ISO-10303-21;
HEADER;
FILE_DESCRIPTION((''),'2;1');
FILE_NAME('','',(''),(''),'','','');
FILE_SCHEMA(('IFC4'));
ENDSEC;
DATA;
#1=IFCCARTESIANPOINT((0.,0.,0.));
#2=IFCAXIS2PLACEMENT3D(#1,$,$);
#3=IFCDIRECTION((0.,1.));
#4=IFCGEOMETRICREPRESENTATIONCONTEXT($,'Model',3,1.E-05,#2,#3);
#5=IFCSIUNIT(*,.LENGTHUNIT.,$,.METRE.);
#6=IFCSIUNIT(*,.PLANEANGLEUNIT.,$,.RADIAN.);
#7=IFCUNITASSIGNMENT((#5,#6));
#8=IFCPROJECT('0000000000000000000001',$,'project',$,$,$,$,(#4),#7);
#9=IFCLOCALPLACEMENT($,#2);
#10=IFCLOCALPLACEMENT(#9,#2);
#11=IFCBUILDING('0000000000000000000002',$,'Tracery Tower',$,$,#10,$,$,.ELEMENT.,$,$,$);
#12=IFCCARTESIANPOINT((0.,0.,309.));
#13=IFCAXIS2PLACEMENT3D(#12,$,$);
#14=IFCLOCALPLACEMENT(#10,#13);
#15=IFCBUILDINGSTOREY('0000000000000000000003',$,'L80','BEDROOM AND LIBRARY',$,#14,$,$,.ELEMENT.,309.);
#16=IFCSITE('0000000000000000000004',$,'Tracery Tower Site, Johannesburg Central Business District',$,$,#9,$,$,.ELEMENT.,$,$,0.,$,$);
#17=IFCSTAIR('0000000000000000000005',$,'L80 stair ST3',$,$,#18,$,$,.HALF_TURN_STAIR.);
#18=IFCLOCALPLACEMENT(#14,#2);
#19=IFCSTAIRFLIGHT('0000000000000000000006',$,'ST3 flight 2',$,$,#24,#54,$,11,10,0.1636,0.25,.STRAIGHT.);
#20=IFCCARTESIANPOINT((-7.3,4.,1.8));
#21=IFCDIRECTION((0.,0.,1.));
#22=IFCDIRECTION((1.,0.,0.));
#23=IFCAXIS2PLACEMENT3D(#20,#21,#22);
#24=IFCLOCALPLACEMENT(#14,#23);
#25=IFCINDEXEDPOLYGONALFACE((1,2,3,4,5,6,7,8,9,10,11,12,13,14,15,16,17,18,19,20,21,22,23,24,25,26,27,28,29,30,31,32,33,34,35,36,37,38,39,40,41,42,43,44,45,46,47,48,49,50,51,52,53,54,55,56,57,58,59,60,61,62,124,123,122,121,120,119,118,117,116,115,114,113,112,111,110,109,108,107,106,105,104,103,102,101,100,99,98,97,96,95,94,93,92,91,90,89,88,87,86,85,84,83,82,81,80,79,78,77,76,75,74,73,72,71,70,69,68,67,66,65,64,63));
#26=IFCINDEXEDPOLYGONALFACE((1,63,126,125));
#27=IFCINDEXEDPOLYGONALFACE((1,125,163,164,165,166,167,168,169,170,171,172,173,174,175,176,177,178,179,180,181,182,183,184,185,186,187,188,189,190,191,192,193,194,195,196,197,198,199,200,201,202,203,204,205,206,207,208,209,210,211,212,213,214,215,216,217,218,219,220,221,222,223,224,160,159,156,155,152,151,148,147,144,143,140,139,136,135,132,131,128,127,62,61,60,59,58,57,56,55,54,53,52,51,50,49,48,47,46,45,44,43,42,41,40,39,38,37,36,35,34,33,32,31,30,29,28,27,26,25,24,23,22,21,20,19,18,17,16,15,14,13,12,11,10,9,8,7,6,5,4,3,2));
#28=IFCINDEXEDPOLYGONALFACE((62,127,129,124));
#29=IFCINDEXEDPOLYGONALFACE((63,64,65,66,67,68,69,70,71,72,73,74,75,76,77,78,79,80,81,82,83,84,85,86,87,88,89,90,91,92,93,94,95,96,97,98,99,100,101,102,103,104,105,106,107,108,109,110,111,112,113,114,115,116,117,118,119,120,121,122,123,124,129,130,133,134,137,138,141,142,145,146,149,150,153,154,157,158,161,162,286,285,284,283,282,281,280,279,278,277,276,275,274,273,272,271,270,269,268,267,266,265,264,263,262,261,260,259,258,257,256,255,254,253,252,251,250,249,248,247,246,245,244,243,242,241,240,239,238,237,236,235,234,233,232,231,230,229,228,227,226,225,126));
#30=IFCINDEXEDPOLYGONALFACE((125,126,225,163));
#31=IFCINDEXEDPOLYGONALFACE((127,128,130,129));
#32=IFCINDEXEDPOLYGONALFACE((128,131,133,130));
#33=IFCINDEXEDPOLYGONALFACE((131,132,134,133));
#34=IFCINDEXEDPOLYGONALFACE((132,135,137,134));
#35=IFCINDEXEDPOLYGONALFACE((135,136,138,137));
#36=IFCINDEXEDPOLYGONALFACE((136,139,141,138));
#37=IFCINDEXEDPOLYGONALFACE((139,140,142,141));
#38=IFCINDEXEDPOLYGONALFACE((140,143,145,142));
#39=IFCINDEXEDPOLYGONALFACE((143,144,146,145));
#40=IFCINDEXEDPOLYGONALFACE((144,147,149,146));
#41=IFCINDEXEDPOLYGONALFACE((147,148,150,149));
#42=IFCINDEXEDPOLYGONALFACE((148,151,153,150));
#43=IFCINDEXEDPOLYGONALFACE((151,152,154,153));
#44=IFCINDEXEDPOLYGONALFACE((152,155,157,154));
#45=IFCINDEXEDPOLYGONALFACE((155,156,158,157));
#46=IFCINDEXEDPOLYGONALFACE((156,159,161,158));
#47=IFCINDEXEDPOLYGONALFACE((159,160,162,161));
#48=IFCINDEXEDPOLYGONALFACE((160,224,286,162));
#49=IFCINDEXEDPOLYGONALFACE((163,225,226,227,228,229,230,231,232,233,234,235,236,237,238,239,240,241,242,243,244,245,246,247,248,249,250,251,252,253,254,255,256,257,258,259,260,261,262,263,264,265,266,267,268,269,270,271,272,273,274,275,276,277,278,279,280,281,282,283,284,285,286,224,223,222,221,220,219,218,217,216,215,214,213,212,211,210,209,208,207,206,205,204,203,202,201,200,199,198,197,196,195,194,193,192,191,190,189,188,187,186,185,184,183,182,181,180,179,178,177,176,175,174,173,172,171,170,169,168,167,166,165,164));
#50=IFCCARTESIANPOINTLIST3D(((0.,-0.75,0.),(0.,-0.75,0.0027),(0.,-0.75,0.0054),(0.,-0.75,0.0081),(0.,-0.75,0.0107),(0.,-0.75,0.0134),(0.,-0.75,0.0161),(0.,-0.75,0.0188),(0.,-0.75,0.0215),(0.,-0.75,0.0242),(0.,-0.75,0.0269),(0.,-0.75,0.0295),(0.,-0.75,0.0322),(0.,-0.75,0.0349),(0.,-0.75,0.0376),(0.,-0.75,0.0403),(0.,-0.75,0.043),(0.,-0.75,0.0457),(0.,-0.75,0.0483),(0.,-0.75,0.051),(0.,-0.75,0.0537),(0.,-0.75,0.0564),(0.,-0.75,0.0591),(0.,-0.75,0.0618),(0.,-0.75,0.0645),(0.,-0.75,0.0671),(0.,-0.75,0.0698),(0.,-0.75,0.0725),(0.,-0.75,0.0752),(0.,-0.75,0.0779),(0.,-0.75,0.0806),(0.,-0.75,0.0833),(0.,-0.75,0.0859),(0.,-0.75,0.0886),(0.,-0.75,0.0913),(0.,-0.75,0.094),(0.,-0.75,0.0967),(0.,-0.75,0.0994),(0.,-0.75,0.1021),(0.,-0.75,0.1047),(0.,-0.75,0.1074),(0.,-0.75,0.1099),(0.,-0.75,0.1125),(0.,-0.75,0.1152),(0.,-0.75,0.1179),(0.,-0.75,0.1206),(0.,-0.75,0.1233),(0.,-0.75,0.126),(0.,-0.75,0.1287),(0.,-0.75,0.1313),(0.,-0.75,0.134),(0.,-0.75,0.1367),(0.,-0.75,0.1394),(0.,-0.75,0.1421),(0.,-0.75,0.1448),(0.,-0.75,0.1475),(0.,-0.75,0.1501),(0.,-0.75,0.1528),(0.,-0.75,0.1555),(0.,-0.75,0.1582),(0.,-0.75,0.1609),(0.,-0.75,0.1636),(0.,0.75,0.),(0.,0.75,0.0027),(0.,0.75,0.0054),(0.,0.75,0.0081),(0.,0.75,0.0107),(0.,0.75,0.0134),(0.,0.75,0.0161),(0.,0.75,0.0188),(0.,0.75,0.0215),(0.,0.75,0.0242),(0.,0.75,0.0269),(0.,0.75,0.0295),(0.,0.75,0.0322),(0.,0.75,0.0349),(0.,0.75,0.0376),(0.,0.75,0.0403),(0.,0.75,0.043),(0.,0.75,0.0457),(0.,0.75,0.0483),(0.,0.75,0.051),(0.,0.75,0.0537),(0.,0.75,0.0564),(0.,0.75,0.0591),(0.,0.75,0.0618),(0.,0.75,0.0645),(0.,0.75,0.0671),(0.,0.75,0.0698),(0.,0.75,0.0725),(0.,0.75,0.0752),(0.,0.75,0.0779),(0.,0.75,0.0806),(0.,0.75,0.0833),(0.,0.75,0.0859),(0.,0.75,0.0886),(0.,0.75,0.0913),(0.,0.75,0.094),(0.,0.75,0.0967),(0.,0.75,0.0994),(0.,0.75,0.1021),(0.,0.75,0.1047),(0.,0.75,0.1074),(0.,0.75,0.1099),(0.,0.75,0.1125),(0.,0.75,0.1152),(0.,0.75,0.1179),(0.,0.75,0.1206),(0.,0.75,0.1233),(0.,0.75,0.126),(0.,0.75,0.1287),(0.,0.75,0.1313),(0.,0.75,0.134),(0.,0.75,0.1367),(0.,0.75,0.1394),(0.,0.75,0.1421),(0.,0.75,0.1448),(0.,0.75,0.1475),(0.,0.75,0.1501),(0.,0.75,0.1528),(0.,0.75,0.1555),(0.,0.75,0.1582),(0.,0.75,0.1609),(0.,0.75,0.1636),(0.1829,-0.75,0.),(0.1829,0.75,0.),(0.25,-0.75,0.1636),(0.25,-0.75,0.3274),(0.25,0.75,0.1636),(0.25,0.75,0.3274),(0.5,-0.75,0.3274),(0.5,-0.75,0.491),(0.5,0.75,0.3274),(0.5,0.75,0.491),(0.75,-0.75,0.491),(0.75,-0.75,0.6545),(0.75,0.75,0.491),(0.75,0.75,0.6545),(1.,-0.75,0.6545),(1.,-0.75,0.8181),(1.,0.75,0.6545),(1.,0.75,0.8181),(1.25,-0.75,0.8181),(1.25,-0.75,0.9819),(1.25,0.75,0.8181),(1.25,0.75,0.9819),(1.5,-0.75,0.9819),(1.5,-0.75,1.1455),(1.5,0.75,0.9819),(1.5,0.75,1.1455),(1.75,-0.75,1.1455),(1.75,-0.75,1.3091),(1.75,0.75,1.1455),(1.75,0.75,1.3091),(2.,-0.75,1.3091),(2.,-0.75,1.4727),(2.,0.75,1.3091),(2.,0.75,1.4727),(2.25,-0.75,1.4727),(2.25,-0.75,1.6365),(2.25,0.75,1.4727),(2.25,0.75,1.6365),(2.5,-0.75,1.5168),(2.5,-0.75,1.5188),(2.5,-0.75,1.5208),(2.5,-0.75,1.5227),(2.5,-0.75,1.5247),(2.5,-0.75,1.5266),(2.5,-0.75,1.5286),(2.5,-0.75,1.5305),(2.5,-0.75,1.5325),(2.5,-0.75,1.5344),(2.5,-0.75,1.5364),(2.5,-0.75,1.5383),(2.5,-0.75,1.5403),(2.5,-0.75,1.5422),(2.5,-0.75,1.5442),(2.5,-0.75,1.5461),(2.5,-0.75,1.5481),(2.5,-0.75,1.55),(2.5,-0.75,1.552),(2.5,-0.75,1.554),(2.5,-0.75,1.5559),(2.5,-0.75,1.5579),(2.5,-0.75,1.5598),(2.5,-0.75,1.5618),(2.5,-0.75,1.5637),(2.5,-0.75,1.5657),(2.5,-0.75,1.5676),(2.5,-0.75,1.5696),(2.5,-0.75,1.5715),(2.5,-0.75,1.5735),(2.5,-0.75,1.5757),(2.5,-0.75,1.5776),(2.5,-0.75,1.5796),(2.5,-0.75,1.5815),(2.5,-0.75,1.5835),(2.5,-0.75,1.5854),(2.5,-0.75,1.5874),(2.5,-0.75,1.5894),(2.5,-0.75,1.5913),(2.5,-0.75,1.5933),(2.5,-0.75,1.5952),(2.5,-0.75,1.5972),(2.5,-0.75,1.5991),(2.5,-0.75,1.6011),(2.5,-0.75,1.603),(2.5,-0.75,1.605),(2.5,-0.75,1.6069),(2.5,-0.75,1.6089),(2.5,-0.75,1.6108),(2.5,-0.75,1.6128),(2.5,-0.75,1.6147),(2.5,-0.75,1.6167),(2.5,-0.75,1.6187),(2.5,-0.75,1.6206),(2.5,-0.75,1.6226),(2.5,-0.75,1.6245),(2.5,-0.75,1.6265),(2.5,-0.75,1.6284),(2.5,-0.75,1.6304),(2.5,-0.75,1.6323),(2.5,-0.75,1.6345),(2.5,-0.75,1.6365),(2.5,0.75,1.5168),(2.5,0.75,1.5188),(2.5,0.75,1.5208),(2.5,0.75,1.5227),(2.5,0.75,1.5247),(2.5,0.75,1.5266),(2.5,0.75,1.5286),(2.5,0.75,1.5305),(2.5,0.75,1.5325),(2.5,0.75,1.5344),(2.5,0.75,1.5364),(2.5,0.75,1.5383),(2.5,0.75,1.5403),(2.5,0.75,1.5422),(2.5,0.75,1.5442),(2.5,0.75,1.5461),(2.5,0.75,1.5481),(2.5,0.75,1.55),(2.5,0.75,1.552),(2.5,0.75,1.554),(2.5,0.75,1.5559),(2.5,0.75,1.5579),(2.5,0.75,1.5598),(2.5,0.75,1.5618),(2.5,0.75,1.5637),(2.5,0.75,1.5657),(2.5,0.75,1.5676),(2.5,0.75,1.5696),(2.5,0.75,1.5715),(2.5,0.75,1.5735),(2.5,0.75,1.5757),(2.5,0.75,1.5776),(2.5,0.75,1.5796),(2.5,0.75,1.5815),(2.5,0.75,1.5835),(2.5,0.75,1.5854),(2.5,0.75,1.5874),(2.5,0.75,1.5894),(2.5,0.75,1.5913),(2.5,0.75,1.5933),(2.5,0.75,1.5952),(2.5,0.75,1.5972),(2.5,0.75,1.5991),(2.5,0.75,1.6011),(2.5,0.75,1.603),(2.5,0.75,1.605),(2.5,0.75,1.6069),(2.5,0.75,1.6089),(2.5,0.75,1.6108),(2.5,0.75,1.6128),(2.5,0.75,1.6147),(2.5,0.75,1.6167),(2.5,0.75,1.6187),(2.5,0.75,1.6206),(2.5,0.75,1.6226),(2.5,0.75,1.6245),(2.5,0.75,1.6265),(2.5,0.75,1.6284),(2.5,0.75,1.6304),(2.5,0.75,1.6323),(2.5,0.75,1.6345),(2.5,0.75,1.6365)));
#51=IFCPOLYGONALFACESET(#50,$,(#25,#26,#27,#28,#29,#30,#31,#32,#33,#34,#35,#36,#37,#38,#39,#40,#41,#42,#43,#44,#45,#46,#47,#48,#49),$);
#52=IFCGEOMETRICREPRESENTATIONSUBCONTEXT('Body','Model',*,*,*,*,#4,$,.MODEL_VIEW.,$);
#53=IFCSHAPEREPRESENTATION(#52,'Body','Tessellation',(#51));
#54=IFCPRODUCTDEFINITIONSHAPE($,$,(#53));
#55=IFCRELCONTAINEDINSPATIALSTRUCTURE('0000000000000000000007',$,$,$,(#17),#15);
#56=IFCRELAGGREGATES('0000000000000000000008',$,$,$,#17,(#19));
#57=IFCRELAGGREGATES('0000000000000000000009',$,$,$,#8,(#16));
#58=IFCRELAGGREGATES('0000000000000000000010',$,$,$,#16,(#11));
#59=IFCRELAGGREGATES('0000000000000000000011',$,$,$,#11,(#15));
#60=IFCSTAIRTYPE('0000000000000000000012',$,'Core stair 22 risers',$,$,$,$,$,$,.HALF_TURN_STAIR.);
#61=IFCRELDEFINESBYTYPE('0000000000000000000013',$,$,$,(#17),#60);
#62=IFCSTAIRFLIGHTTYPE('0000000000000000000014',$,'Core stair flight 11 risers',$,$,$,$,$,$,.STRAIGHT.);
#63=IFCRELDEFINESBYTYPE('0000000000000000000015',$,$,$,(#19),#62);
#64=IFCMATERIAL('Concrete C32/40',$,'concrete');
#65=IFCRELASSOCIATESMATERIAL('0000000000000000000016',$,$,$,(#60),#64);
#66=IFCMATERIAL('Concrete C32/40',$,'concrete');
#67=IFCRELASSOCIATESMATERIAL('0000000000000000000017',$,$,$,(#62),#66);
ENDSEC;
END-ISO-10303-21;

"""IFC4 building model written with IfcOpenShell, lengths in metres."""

from ifc_helpers import new_model, si_unit, direction, frame, origin, place, context, subcontext, project, spatial, polyline, outline, extrude, material, type_object, element, aggregate, save


model = new_model("IFC4")

# Units and contexts
model_context = context("Model", 3, precision=1e-05, world=origin(), true_north=direction((0.0, 1.0)))
body_context = subcontext(model_context, "Body", "Model", "MODEL_VIEW")
ifc_project = project(units=[si_unit("LENGTHUNIT", "METRE"), si_unit("PLANEANGLEUNIT", "RADIAN")], contexts=[model_context])

# Site, building, storey
site_placement = place(None, origin())
site = spatial("IfcSite", under=ifc_project, at=site_placement, Name="Tracery Tower Site, Johannesburg Central Business District", CompositionType="ELEMENT", RefElevation=0.0)
building_placement = place(site_placement, origin())
building = spatial("IfcBuilding", under=site, at=building_placement, Name="Tracery Tower", CompositionType="ELEMENT")
storey_placement = place(building_placement, frame((0.0, 0.0, 309.0)))
storey = spatial("IfcBuildingStorey", under=building, at=storey_placement, Name="L80", Description="BEDROOM AND LIBRARY", CompositionType="ELEMENT", Elevation=309.0)

# Stair, stair flight
ifc_material_1 = material(Name="Concrete C32/40", Category="concrete")
stair_type = type_object("IfcStairType", Name="Core stair 22 risers", PredefinedType="HALF_TURN_STAIR", material=ifc_material_1)
stair_placement = place(storey_placement, origin())
stair = element("IfcStair", 1, at=stair_placement, inside=storey, type_object=stair_type, Name="L80 stair ST3", PredefinedType="HALF_TURN_STAIR")
ifc_material_2 = material(Name="Concrete C32/40", Category="concrete")
stair_flight_type = type_object("IfcStairFlightType", Name="Core stair flight 11 risers", PredefinedType="STRAIGHT", material=ifc_material_2)
stair_flight_1_placement = place(storey_placement, frame((-7.3, 4.0, 1.8), z_axis=(0.0, 0.0, 1.0), x_axis=(1.0, 0.0, 0.0)))
stair_flight_1 = element("IfcStairFlight", 2, at=stair_flight_1_placement, type_object=stair_flight_type, Name="ST3 flight 2", NumberOfRisers=11, NumberOfTreads=10, PredefinedType="STRAIGHT", RiserHeight=0.1636, TreadLength=0.25, context=body_context, shape_type="SweptSolid", body=[
    extrude(outline(polyline([(0.0, 0.0), (0.0, 0.0027), (0.0, 0.0054), (0.0, 0.0081), (0.0, 0.0107), (0.0, 0.0134), (0.0, 0.0161), (0.0, 0.0188), (0.0, 0.0215), (0.0, 0.0242), (0.0, 0.0269), (0.0, 0.0295), (0.0, 0.0322), (0.0, 0.0349), (0.0, 0.0376), (0.0, 0.0403), (0.0, 0.043), (0.0, 0.0457), (0.0, 0.0483), (0.0, 0.051), (0.0, 0.0537), (0.0, 0.0564), (0.0, 0.0591), (0.0, 0.0618), (0.0, 0.0645), (0.0, 0.0671), (0.0, 0.0698), (0.0, 0.0725), (0.0, 0.0752), (0.0, 0.0779), (0.0, 0.0806), (0.0, 0.0833), (0.0, 0.0859), (0.0, 0.0886), (0.0, 0.0913), (0.0, 0.094), (0.0, 0.0967), (0.0, 0.0994), (0.0, 0.1021), (0.0, 0.1047), (0.0, 0.1074), (0.0, 0.1099), (0.0, 0.1125), (0.0, 0.1152), (0.0, 0.1179), (0.0, 0.1206), (0.0, 0.1233), (0.0, 0.126), (0.0, 0.1287), (0.0, 0.1313), (0.0, 0.134), (0.0, 0.1367), (0.0, 0.1394), (0.0, 0.1421), (0.0, 0.1448), (0.0, 0.1475), (0.0, 0.1501), (0.0, 0.1528), (0.0, 0.1555), (0.0, 0.1582), (0.0, 0.1609), (0.0, 0.1636), (0.25, 0.1636), (0.25, 0.3274), (0.5, 0.3274), (0.5, 0.491), (0.75, 0.491), (0.75, 0.6545), (1.0, 0.6545), (1.0, 0.8181), (1.25, 0.8181), (1.25, 0.9819), (1.5, 0.9819), (1.5, 1.1455), (1.75, 1.1455), (1.75, 1.3091), (2.0, 1.3091), (2.0, 1.4727), (2.25, 1.4727), (2.25, 1.6365), (2.5, 1.6365), (2.5, 1.6345), (2.5, 1.6323), (2.5, 1.6304), (2.5, 1.6284), (2.5, 1.6265), (2.5, 1.6245), (2.5, 1.6226), (2.5, 1.6206), (2.5, 1.6187), (2.5, 1.6167), (2.5, 1.6147), (2.5, 1.6128), (2.5, 1.6108), (2.5, 1.6089), (2.5, 1.6069), (2.5, 1.605), (2.5, 1.603), (2.5, 1.6011), (2.5, 1.5991), (2.5, 1.5972), (2.5, 1.5952), (2.5, 1.5933), (2.5, 1.5913), (2.5, 1.5894), (2.5, 1.5874), (2.5, 1.5854), (2.5, 1.5835), (2.5, 1.5815), (2.5, 1.5796), (2.5, 1.5776), (2.5, 1.5757), (2.5, 1.5735), (2.5, 1.5715), (2.5, 1.5696), (2.5, 1.5676), (2.5, 1.5657), (2.5, 1.5637), (2.5, 1.5618), (2.5, 1.5598), (2.5, 1.5579), (2.5, 1.5559), (2.5, 1.554), (2.5, 1.552), (2.5, 1.55), (2.5, 1.5481), (2.5, 1.5461), (2.5, 1.5442), (2.5, 1.5422), (2.5, 1.5403), (2.5, 1.5383), (2.5, 1.5364), (2.5, 1.5344), (2.5, 1.5325), (2.5, 1.5305), (2.5, 1.5286), (2.5, 1.5266), (2.5, 1.5247), (2.5, 1.5227), (2.5, 1.5208), (2.5, 1.5188), (2.5, 1.5168), (0.1829, 0.0), (0.0, 0.0)])), frame((0.0, 0.75, 0.0), z_axis=(0.0, -1.0, 0.0), x_axis=(1.0, 0.0, 0.0)), (0.0, 0.0, 1.0), 1.5),
])
aggregate(stair, [stair_flight_1])

save(model, "model.ifc")
